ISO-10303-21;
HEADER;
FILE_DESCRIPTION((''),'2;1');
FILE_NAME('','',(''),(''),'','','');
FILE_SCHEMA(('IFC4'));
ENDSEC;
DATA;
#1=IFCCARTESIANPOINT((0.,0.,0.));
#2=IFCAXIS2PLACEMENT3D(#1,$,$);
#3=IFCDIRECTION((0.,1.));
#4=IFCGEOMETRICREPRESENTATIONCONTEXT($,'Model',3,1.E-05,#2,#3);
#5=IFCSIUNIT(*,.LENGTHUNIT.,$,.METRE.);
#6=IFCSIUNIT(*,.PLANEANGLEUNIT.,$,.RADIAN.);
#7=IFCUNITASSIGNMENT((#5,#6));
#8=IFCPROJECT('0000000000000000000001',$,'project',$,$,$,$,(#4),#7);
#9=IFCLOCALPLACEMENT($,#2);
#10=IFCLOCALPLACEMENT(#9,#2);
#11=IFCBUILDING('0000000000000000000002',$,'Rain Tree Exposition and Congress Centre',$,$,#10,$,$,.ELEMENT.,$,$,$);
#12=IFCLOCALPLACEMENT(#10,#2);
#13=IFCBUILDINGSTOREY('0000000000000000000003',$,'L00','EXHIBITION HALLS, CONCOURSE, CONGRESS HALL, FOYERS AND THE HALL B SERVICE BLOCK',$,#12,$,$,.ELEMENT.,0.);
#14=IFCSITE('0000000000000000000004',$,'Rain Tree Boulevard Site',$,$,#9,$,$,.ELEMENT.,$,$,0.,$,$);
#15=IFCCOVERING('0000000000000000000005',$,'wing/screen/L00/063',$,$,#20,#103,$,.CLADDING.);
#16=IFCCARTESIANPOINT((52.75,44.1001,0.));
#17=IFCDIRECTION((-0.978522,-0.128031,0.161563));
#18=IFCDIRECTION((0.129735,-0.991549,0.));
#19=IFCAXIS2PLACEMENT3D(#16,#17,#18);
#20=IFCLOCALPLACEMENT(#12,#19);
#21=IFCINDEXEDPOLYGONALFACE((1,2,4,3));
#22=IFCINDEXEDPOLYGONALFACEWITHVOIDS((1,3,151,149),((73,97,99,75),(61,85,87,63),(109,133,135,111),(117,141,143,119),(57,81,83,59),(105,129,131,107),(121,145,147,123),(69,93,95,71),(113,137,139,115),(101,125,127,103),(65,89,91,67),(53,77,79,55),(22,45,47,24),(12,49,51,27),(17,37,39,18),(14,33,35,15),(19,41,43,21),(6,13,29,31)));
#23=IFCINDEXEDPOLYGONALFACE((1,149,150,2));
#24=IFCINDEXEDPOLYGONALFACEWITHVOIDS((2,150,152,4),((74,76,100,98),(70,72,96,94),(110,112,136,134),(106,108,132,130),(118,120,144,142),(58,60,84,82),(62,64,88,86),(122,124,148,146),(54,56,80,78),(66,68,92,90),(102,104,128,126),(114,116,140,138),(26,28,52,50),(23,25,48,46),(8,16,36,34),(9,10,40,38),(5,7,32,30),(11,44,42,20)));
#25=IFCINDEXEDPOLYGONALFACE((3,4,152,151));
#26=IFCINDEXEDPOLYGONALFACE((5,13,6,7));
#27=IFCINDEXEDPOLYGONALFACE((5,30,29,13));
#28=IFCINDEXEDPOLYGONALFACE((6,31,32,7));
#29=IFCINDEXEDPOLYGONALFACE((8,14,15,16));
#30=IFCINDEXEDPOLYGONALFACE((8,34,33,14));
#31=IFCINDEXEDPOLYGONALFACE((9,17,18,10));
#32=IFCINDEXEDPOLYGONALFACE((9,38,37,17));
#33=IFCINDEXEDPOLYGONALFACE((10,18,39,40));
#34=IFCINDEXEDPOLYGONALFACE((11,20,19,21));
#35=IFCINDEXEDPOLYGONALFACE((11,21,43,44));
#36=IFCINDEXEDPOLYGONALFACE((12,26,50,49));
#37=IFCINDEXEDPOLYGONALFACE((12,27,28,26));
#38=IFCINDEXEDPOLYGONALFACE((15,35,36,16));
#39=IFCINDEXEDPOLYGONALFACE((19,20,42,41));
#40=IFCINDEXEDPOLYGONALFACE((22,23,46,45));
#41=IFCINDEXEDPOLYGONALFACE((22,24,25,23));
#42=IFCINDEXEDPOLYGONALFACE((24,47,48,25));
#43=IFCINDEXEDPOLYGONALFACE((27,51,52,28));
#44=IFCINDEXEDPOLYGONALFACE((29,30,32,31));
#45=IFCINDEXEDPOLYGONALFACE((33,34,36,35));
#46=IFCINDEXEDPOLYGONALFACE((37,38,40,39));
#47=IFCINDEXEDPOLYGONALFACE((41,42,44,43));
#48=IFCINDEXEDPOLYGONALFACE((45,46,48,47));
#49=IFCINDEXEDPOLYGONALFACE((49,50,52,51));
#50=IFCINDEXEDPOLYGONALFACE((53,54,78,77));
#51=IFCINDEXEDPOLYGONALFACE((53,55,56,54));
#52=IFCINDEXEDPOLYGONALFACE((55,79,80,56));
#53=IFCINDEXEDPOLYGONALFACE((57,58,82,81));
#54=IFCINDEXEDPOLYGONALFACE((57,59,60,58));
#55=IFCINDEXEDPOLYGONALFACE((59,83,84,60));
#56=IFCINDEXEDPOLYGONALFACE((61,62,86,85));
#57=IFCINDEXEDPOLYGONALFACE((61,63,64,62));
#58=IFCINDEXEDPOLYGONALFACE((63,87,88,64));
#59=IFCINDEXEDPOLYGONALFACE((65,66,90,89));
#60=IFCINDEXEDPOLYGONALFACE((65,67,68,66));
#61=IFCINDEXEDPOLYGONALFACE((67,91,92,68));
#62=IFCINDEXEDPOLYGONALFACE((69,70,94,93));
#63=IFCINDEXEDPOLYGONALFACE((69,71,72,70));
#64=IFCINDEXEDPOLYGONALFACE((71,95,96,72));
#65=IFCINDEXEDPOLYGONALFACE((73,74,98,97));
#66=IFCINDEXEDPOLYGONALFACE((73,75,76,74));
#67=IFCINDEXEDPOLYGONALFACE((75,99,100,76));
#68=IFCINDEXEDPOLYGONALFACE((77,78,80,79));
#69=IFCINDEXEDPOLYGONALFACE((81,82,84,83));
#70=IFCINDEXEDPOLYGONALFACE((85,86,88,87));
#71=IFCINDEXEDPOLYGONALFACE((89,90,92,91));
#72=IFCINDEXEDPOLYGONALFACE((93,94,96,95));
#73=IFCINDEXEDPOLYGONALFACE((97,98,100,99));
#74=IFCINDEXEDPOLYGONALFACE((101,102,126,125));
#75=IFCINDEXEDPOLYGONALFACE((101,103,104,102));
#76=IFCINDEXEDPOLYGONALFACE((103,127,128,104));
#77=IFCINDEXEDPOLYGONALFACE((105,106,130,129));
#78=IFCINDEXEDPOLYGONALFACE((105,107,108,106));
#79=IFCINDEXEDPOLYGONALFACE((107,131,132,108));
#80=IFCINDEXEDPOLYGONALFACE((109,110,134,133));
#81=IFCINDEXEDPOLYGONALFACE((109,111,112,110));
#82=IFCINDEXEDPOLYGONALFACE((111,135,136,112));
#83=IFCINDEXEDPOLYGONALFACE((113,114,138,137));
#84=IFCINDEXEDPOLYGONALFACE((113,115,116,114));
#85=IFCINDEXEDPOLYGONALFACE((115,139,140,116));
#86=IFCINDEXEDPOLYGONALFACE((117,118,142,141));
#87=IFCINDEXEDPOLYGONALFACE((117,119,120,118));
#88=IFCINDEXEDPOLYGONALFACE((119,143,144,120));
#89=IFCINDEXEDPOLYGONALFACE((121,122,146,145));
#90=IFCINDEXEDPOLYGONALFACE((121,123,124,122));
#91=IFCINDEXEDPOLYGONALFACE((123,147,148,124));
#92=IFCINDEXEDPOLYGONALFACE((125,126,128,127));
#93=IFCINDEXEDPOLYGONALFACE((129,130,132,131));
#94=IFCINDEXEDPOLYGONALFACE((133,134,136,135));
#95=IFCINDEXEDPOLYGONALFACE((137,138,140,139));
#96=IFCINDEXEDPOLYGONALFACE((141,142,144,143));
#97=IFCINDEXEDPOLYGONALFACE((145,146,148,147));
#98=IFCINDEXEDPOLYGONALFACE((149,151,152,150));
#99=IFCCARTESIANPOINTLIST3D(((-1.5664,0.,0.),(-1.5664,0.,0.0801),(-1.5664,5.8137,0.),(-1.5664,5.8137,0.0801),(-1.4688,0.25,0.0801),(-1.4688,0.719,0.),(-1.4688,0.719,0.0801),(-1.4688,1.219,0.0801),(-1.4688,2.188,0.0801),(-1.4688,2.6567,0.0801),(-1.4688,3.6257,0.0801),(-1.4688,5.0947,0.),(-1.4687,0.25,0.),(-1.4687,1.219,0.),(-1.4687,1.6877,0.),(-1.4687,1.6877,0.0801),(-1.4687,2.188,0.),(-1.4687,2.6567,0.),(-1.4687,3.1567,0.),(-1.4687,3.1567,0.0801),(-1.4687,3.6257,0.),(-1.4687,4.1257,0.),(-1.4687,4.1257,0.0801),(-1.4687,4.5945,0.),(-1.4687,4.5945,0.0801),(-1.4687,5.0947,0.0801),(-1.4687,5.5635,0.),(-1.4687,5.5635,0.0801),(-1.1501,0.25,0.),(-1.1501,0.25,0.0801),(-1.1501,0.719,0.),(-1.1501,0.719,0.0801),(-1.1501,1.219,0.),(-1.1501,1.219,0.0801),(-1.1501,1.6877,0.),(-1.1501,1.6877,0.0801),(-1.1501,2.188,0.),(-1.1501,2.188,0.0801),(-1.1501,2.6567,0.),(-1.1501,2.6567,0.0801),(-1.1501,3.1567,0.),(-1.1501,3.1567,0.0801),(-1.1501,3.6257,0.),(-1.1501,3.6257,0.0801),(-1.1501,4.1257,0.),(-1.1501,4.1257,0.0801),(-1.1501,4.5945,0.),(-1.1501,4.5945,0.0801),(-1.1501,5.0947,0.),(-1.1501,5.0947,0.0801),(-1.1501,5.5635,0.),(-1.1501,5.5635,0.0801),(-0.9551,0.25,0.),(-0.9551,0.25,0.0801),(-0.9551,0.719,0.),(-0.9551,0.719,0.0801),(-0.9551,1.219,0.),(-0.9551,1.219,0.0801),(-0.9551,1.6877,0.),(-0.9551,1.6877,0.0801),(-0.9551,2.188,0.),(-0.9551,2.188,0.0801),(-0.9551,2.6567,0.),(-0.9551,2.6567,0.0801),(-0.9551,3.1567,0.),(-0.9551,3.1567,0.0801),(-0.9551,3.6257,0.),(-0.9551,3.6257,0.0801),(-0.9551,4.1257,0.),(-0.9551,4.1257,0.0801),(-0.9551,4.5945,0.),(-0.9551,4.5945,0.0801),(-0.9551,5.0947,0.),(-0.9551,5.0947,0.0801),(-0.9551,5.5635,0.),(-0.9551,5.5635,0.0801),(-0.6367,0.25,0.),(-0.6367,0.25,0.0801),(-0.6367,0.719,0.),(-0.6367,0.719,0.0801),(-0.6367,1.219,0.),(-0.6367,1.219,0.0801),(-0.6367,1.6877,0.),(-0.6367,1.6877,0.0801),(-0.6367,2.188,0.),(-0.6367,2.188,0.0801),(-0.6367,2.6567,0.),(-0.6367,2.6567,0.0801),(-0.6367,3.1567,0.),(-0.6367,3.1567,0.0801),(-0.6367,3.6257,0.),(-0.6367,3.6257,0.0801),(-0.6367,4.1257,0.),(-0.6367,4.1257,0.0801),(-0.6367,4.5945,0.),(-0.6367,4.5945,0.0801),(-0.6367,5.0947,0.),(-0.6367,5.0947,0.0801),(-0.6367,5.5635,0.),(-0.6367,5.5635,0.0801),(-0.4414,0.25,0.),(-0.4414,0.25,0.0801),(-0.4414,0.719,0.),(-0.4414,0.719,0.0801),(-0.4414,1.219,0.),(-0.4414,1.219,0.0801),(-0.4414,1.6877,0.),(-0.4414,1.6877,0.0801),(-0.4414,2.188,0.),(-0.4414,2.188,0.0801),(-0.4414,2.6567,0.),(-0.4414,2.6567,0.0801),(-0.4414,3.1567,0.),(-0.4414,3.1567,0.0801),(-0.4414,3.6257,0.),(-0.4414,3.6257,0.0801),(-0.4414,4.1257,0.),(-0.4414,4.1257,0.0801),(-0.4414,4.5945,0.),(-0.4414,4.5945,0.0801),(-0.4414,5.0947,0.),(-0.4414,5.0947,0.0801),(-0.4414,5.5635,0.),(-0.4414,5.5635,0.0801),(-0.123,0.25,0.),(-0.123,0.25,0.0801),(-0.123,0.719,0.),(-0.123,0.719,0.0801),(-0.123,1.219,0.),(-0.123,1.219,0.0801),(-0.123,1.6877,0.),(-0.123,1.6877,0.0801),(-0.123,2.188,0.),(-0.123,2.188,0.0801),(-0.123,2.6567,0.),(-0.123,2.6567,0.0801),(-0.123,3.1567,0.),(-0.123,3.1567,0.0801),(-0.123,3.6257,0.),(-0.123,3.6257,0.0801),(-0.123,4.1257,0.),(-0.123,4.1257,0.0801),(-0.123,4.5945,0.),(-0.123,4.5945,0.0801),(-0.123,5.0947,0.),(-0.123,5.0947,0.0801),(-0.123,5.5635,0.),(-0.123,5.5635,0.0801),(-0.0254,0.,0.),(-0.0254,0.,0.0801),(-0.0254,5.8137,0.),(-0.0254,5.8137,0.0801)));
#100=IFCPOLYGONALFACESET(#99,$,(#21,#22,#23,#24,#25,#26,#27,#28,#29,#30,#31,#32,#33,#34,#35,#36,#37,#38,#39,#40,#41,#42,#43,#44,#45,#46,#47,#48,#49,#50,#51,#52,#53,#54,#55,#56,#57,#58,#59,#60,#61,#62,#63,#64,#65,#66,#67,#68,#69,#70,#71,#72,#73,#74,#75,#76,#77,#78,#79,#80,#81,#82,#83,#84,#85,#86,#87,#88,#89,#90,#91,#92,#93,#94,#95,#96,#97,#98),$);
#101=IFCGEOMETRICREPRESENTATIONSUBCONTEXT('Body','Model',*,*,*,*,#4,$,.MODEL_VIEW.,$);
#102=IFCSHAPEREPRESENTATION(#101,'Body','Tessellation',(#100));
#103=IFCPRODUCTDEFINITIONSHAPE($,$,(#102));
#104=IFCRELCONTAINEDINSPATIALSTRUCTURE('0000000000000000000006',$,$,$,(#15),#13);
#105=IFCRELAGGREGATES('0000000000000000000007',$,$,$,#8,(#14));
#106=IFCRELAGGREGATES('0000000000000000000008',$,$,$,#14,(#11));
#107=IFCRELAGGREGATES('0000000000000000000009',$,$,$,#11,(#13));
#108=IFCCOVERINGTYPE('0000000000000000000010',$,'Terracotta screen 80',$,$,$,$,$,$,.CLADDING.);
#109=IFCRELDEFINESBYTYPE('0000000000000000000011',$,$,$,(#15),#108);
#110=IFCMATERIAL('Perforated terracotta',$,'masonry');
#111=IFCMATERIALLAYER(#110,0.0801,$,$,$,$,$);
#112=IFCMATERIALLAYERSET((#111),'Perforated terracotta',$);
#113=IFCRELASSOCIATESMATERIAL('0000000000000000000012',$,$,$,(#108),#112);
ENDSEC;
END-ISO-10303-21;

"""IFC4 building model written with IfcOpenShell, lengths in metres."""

from ifc_helpers import new_model, si_unit, direction, frame, origin, place, context, subcontext, project, spatial, polyline, outline, extrude, material, layer, layer_set, type_object, element, save


model = new_model("IFC4")

# Units and contexts
model_context = context("Model", 3, precision=1e-05, world=origin(), true_north=direction((0.0, 1.0)))
body_context = subcontext(model_context, "Body", "Model", "MODEL_VIEW")
ifc_project = project(units=[si_unit("LENGTHUNIT", "METRE"), si_unit("PLANEANGLEUNIT", "RADIAN")], contexts=[model_context])

# Site, building, storey
site_placement = place(None, origin())
site = spatial("IfcSite", under=ifc_project, at=site_placement, Name="Rain Tree Boulevard Site", CompositionType="ELEMENT", RefElevation=0.0)
building_placement = place(site_placement, origin())
building = spatial("IfcBuilding", under=site, at=building_placement, Name="Rain Tree Exposition and Congress Centre", CompositionType="ELEMENT")
storey_placement = place(building_placement, origin())
storey = spatial("IfcBuildingStorey", under=building, at=storey_placement, Name="L00", Description="EXHIBITION HALLS, CONCOURSE, CONGRESS HALL, FOYERS AND THE HALL B SERVICE BLOCK", CompositionType="ELEMENT", Elevation=0.0)

# Covering
ifc_material_1 = material(Name="Perforated terracotta", Category="masonry")
ifc_layer = layer(ifc_material_1, 0.0801)
ifc_layer_set = layer_set([ifc_layer], Name="Perforated terracotta")
covering_type = type_object("IfcCoveringType", Name="Terracotta screen 80", PredefinedType="CLADDING", material=ifc_layer_set)
covering_1_placement = place(storey_placement, frame((52.75, 44.1001, 0.0), z_axis=(-0.978522, -0.128031, 0.161563), x_axis=(0.129735, -0.991549, 0.0)))
element("IfcCovering", 1, at=covering_1_placement, inside=storey, type_object=covering_type, Name="wing/screen/L00/063", PredefinedType="CLADDING", context=body_context, shape_type="SweptSolid", body=[
    extrude(outline(polyline([(-0.0254, 5.8137), (-0.0254, 0.0), (-1.5664, 0.0), (-1.5664, 5.8137), (-0.0254, 5.8137)]), holes=[polyline([(-0.123, 0.25), (-0.123, 0.719), (-0.4414, 0.719), (-0.4414, 0.25), (-0.123, 0.25)]), polyline([(-0.123, 1.219), (-0.123, 1.6877), (-0.4414, 1.6877), (-0.4414, 1.219), (-0.123, 1.219)]), polyline([(-0.123, 2.188), (-0.123, 2.6567), (-0.4414, 2.6567), (-0.4414, 2.188), (-0.123, 2.188)]), polyline([(-0.123, 3.1567), (-0.123, 3.6257), (-0.4414, 3.6257), (-0.4414, 3.1567), (-0.123, 3.1567)]), polyline([(-0.123, 4.1257), (-0.123, 4.5945), (-0.4414, 4.5945), (-0.4414, 4.1257), (-0.123, 4.1257)]), polyline([(-0.123, 5.0947), (-0.123, 5.5635), (-0.4414, 5.5635), (-0.4414, 5.0947), (-0.123, 5.0947)]), polyline([(-0.6367, 0.25), (-0.6367, 0.719), (-0.9551, 0.719), (-0.9551, 0.25), (-0.6367, 0.25)]), polyline([(-0.6367, 1.219), (-0.6367, 1.6877), (-0.9551, 1.6877), (-0.9551, 1.219), (-0.6367, 1.219)]), polyline([(-0.6367, 2.188), (-0.6367, 2.6567), (-0.9551, 2.6567), (-0.9551, 2.188), (-0.6367, 2.188)]), polyline([(-0.6367, 3.1567), (-0.6367, 3.6257), (-0.9551, 3.6257), (-0.9551, 3.1567), (-0.6367, 3.1567)]), polyline([(-0.6367, 4.1257), (-0.6367, 4.5945), (-0.9551, 4.5945), (-0.9551, 4.1257), (-0.6367, 4.1257)]), polyline([(-0.6367, 5.0947), (-0.6367, 5.5635), (-0.9551, 5.5635), (-0.9551, 5.0947), (-0.6367, 5.0947)]), polyline([(-1.1501, 0.25), (-1.1501, 0.719), (-1.4688, 0.719), (-1.4688, 0.25), (-1.1501, 0.25)]), polyline([(-1.1501, 1.219), (-1.1501, 1.6877), (-1.4688, 1.6877), (-1.4688, 1.219), (-1.1501, 1.219)]), polyline([(-1.1501, 2.188), (-1.1501, 2.6567), (-1.4688, 2.6567), (-1.4688, 2.188), (-1.1501, 2.188)]), polyline([(-1.1501, 3.1567), (-1.1501, 3.6257), (-1.4688, 3.6257), (-1.4688, 3.1567), (-1.1501, 3.1567)]), polyline([(-1.1501, 4.1257), (-1.1501, 4.5945), (-1.4688, 4.5945), (-1.4688, 4.1257), (-1.1501, 4.1257)]), polyline([(-1.1501, 5.0947), (-1.1501, 5.5635), (-1.4688, 5.5635), (-1.4688, 5.0947), (-1.1501, 5.0947)])]), origin(), (0.0, 0.0, 1.0), 0.0801),
])

save(model, "model.ifc")
